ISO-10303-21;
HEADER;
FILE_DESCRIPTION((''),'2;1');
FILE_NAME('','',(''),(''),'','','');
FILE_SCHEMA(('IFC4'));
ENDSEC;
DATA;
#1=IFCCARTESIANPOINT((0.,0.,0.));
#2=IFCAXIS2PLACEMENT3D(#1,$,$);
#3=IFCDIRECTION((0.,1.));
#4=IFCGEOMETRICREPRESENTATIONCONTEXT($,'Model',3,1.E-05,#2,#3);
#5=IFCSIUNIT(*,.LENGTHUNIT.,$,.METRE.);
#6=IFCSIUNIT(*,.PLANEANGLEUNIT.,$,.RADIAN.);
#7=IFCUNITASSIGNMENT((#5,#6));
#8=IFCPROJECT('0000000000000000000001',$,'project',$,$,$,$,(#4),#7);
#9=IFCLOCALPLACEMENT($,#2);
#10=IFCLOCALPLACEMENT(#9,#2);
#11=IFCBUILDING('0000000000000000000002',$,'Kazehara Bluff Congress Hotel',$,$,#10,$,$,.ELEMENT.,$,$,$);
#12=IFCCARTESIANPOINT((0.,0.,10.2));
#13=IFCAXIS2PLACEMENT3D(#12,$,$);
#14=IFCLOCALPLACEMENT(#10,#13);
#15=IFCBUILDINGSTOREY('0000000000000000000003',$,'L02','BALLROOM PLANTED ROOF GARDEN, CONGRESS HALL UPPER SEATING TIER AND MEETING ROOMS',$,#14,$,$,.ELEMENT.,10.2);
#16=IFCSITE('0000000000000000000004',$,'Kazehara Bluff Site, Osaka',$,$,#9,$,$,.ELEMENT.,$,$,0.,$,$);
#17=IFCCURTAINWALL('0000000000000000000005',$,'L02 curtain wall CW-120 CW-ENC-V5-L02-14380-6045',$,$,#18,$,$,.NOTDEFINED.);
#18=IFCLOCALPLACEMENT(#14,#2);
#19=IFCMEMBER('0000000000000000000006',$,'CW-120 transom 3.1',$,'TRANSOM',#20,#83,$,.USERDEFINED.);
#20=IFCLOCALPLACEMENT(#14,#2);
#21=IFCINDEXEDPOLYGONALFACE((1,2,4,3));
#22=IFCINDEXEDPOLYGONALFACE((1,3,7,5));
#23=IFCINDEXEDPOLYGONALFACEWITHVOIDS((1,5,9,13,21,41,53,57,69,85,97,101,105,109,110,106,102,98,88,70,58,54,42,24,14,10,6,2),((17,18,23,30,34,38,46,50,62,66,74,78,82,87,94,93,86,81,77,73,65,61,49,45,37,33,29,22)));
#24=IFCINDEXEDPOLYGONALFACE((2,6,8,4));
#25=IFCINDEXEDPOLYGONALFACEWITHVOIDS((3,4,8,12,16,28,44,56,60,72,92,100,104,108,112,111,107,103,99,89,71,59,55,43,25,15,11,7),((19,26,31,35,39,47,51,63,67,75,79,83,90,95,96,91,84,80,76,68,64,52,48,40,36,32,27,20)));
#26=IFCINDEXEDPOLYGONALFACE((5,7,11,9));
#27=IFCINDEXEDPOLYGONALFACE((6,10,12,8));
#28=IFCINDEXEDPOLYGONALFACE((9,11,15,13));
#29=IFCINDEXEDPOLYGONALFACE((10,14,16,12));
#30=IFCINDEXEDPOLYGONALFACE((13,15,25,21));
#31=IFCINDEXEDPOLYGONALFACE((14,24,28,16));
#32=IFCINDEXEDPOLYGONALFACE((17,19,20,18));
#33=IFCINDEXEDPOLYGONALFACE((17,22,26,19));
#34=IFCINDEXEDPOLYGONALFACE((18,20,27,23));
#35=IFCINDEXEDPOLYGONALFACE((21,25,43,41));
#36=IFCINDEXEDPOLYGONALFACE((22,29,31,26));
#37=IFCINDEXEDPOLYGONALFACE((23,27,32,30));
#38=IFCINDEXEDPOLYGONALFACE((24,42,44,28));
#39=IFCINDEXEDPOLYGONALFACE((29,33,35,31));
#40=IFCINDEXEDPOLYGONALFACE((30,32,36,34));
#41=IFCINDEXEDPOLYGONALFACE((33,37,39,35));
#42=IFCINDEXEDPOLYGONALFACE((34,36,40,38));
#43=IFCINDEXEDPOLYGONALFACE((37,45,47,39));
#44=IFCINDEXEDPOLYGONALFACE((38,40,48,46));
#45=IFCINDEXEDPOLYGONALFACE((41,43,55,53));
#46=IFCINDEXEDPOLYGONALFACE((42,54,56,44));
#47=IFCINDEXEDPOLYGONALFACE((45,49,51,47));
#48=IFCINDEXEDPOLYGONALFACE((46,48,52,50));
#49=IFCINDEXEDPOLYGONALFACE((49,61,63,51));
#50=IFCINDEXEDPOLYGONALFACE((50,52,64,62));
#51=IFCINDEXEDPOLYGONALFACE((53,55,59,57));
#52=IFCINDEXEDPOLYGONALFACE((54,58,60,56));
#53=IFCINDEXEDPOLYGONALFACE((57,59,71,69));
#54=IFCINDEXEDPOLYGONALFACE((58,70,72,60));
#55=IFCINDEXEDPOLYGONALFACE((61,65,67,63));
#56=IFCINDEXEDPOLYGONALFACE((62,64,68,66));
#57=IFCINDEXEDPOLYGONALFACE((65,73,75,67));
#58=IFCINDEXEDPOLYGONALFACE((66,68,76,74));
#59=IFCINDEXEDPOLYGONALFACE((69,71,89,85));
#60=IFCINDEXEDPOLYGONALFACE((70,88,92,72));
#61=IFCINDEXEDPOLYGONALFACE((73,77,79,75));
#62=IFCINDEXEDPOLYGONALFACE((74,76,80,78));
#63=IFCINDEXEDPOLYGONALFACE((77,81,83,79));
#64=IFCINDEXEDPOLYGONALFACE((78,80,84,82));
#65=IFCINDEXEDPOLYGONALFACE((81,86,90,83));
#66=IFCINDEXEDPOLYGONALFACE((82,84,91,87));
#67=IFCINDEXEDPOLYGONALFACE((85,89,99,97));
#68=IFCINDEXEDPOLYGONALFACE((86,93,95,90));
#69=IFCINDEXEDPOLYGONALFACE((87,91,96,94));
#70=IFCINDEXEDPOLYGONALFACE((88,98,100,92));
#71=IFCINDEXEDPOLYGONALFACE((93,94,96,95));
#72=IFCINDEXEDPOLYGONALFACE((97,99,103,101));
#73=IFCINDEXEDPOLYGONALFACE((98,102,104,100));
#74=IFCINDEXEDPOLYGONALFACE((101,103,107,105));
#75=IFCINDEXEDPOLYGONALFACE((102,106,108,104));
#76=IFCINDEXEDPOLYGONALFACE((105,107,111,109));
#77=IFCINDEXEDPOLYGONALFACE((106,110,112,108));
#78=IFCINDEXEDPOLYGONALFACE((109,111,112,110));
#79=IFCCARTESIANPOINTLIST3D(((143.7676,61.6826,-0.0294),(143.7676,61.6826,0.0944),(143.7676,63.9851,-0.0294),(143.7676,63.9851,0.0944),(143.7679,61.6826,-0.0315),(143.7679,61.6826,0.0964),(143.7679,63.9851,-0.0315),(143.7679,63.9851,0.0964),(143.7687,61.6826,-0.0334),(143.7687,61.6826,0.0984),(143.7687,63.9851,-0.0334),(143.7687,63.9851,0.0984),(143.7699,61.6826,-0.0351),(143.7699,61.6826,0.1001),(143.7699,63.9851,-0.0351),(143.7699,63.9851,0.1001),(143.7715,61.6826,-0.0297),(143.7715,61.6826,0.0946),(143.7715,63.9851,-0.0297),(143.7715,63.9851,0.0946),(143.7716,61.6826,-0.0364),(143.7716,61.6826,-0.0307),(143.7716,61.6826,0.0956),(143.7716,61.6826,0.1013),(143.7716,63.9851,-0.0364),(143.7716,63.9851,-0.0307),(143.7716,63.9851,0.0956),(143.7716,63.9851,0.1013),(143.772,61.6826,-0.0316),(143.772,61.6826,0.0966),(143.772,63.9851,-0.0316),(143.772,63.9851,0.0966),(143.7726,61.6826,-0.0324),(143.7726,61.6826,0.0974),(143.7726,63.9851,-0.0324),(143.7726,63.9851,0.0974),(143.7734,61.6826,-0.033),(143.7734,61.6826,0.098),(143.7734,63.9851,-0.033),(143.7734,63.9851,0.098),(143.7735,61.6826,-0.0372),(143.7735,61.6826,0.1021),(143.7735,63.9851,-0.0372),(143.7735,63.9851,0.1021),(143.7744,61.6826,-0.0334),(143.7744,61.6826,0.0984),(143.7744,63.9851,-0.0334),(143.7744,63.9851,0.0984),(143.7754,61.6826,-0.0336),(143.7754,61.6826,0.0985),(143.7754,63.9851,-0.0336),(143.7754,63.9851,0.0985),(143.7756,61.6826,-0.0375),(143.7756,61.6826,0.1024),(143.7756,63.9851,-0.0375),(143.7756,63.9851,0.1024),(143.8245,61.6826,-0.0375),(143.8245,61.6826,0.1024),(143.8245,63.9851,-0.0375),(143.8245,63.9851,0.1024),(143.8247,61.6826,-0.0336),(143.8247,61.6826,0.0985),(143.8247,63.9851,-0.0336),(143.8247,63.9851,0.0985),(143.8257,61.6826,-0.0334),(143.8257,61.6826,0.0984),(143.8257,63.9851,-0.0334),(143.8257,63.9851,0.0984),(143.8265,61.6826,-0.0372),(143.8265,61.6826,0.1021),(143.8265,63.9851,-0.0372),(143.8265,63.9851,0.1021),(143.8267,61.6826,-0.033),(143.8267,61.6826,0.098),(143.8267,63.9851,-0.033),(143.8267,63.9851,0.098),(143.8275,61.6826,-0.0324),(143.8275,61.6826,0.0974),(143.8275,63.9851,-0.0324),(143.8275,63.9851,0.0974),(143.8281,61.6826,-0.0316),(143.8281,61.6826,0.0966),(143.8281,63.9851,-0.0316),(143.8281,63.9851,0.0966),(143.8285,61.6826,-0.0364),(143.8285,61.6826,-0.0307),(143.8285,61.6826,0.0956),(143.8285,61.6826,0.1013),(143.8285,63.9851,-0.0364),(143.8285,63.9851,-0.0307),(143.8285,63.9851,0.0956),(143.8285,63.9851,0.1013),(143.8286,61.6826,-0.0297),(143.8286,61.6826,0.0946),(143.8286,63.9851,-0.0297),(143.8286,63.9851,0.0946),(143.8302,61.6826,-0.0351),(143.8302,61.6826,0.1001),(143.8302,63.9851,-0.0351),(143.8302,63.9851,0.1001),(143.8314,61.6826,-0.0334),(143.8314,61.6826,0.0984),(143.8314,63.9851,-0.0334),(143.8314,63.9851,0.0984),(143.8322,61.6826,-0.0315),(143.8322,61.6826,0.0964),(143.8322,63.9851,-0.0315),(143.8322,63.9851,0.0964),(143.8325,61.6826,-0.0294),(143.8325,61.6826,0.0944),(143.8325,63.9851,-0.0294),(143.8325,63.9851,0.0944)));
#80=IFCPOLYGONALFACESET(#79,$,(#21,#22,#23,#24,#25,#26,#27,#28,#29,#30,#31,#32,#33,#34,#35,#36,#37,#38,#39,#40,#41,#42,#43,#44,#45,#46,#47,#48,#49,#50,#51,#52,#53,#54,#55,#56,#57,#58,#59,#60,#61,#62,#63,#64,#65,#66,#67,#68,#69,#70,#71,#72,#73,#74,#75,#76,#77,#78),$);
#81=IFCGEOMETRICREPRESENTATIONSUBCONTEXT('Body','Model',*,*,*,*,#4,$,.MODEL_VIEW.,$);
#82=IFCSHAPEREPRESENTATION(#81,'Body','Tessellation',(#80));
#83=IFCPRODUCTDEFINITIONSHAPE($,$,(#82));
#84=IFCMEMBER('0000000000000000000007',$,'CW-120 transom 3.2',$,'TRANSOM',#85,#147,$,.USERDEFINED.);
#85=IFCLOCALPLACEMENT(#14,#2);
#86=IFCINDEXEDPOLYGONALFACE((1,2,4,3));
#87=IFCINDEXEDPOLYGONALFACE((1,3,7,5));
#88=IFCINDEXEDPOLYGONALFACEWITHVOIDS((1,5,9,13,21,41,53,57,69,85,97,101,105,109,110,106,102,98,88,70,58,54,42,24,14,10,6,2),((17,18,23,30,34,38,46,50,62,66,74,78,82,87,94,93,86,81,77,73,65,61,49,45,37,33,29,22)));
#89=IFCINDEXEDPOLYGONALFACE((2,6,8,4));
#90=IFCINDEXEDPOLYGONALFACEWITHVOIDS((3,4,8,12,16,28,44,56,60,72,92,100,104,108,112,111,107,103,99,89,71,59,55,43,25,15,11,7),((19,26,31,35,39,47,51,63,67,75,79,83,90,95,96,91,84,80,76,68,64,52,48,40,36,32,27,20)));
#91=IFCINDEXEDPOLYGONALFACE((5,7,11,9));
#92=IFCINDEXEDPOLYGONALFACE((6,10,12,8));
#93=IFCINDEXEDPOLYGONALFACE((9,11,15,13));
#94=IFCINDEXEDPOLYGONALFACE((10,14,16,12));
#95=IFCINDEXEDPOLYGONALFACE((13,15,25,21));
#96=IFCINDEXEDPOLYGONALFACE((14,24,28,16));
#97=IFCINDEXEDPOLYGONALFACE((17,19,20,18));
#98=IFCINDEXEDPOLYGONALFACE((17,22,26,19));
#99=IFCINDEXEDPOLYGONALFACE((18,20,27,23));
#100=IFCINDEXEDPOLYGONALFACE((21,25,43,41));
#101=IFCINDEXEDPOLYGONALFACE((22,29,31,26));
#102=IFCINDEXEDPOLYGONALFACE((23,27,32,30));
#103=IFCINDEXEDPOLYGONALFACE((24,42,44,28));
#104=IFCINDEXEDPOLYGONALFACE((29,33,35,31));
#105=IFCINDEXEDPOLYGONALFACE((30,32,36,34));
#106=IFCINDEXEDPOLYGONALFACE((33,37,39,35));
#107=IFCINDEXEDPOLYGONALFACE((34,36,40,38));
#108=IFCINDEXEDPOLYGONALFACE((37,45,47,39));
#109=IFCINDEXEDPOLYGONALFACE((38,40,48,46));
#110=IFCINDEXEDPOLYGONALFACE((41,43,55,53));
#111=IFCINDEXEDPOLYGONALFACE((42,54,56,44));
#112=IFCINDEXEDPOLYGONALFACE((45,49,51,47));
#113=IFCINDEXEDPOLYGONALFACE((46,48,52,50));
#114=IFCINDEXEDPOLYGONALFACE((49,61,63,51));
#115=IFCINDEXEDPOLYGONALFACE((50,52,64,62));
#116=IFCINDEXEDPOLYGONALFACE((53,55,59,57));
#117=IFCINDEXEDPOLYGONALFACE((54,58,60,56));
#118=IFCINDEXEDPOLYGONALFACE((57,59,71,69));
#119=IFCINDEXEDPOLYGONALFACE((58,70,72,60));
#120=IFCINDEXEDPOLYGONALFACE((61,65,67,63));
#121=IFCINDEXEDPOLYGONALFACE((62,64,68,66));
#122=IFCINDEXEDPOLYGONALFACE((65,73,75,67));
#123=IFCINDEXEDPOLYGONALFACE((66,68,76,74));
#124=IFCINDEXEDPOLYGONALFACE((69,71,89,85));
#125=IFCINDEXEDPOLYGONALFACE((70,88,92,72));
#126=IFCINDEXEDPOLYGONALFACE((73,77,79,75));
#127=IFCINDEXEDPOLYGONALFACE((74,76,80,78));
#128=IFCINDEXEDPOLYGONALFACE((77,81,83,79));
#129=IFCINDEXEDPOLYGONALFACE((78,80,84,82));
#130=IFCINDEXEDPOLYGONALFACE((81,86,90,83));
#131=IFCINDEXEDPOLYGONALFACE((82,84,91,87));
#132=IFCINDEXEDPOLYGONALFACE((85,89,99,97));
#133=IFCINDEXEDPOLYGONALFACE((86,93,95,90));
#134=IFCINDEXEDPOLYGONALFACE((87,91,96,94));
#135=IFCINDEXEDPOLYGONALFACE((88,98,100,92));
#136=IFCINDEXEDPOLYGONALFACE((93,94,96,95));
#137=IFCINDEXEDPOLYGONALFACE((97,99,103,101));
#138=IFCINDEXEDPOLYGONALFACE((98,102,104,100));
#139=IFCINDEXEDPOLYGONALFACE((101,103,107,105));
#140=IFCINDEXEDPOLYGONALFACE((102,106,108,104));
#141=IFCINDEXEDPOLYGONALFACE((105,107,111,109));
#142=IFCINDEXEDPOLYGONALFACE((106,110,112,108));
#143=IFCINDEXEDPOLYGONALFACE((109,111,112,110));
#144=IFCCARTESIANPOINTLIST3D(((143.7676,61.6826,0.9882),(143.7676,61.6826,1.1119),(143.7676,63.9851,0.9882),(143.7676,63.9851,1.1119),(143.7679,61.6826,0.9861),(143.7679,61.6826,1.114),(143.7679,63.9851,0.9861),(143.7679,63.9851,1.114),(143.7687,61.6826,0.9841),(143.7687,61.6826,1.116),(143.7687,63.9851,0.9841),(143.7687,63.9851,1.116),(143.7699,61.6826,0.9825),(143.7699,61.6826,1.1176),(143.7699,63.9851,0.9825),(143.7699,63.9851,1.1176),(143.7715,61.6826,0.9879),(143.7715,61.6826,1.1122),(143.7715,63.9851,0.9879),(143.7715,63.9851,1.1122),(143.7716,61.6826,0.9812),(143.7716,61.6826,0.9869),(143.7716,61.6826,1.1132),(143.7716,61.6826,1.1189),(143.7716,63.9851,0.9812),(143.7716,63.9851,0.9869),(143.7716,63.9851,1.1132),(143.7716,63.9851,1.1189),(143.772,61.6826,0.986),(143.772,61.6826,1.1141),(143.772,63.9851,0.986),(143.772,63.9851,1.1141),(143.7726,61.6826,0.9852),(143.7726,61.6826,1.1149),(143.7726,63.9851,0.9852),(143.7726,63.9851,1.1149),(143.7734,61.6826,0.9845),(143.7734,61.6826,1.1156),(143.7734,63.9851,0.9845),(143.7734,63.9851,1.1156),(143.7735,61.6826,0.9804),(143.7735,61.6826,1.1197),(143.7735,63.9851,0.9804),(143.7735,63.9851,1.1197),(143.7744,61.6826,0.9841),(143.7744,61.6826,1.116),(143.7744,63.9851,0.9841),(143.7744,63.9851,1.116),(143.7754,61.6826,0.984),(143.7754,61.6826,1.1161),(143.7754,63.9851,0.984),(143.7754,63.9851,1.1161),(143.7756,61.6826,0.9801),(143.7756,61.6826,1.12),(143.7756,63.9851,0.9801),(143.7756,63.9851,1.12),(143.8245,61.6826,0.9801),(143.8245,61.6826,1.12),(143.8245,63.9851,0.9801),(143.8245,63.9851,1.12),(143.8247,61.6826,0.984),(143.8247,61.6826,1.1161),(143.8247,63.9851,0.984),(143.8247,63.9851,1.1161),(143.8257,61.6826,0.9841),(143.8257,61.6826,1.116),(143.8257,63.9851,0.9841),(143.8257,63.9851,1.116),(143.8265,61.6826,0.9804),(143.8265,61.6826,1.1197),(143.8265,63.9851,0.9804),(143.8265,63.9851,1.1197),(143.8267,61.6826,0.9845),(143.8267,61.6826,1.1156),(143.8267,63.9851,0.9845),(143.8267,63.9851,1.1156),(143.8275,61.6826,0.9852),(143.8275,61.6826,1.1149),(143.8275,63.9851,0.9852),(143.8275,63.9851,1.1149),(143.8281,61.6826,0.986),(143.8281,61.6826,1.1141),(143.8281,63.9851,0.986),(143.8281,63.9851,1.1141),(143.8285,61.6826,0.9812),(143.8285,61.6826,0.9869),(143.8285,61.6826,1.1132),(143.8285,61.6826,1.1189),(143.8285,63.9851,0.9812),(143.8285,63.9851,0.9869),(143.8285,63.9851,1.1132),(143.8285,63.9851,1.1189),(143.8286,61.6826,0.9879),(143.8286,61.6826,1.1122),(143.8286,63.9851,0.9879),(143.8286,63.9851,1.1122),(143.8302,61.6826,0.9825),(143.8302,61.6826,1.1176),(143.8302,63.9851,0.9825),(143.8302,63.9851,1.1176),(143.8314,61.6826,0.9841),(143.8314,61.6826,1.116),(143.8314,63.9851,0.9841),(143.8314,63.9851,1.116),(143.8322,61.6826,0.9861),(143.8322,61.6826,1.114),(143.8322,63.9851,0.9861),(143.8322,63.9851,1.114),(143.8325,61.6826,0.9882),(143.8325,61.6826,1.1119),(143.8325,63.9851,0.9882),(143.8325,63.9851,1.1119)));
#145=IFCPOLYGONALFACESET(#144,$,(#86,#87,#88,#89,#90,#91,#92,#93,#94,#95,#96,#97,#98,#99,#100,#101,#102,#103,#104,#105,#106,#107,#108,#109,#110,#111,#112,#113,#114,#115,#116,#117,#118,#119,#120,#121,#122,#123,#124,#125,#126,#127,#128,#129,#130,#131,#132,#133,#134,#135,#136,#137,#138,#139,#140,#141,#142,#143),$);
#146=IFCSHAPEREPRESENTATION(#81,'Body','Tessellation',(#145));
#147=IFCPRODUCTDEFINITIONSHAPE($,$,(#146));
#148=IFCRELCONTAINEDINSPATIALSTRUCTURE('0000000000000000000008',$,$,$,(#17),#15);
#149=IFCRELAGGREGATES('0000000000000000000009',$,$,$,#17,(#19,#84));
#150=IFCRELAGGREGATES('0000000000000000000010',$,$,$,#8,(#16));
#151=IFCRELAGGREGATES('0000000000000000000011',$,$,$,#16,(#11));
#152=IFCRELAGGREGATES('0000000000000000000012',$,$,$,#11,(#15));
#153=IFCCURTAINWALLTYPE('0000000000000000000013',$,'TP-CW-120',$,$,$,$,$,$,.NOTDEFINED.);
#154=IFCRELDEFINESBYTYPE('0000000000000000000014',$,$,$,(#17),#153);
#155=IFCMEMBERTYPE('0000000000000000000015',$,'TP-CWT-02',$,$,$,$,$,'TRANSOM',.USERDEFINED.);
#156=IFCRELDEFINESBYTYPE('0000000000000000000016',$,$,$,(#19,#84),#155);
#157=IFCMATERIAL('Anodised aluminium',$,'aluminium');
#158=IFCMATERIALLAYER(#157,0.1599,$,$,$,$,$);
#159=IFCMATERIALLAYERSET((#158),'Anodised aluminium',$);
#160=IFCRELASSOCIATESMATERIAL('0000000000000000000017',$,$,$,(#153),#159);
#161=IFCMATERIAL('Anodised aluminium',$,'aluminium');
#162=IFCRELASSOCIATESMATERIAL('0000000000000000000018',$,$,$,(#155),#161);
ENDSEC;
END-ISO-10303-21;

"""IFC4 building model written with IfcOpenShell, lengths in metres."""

from ifc_helpers import new_model, si_unit, direction, frame, origin, origin_2d, place, context, subcontext, project, spatial, hollow_rectangle, extrude, material, layer, layer_set, material_profile, profile_set, type_object, element, aggregate, save


model = new_model("IFC4")

# Units and contexts
model_context = context("Model", 3, precision=1e-05, world=origin(), true_north=direction((0.0, 1.0)))
body_context = subcontext(model_context, "Body", "Model", "MODEL_VIEW")
ifc_project = project(units=[si_unit("LENGTHUNIT", "METRE"), si_unit("PLANEANGLEUNIT", "RADIAN")], contexts=[model_context])

# Site, building, storey
site_placement = place(None, origin())
site = spatial("IfcSite", under=ifc_project, at=site_placement, Name="Kazehara Bluff Site, Osaka", CompositionType="ELEMENT", RefElevation=0.0)
building_placement = place(site_placement, origin())
building = spatial("IfcBuilding", under=site, at=building_placement, Name="Kazehara Bluff Congress Hotel", CompositionType="ELEMENT")
storey_placement = place(building_placement, frame((0.0, 0.0, 10.2)))
storey = spatial("IfcBuildingStorey", under=building, at=storey_placement, Name="L02", Description="BALLROOM PLANTED ROOF GARDEN, CONGRESS HALL UPPER SEATING TIER AND MEETING ROOMS", CompositionType="ELEMENT", Elevation=10.2)

# Curtain wall, members
ifc_material_1 = material(Name="Anodised aluminium", Category="aluminium")
ifc_layer_1 = layer(ifc_material_1, 0.1599)
ifc_layer_set_1 = layer_set([ifc_layer_1], Name="Anodised aluminium")
curtain_wall_type_1 = type_object("IfcCurtainWallType", Name="TP-CW-120", PredefinedType="NOTDEFINED", material=ifc_layer_set_1)
curtain_wall_1_placement = place(storey_placement, origin())
curtain_wall_1 = element("IfcCurtainWall", 1, at=curtain_wall_1_placement, inside=storey, type_object=curtain_wall_type_1, Name="L02 curtain wall CW-120 CW-ENC-V5-L02-14380-6045", PredefinedType="NOTDEFINED")
ifc_material_2 = material(Name="Anodised aluminium", Category="aluminium")
ifc_material_profile_1 = material_profile(ifc_material_2, hollow_rectangle(XDim=0.0649, YDim=0.1399, WallThickness=0.0039, InnerFilletRadius=0.0039, OuterFilletRadius=0.0081, at=origin_2d()))
ifc_profile_set_1 = profile_set([ifc_material_profile_1], Name="Anodised aluminium")
member_type_1 = type_object("IfcMemberType", Name="TP-CWT-02", ElementType="TRANSOM", PredefinedType="USERDEFINED", material=ifc_profile_set_1)
member_1_placement = place(storey_placement, frame((143.8, 61.6826, 0.0325), z_axis=(0.0, 1.0, 0.0), x_axis=(-1.0, 0.0, 0.0)))
member_1 = element("IfcMember", 2, at=member_1_placement, type_object=member_type_1, Name="CW-120 transom 3.1", ObjectType="TRANSOM", PredefinedType="USERDEFINED", context=body_context, shape_type="SweptSolid", body=[
    extrude(hollow_rectangle(XDim=0.0649, YDim=0.1399, WallThickness=0.0039, InnerFilletRadius=0.0039, OuterFilletRadius=0.0081, at=origin_2d()), origin(), (0.0, 0.0, 1.0), 2.3025),
])
member_2_placement = place(storey_placement, frame((143.8, 61.6826, 1.05), z_axis=(0.0, 1.0, 0.0), x_axis=(-1.0, 0.0, 0.0)))
member_2 = element("IfcMember", 3, at=member_2_placement, type_object=member_type_1, Name="CW-120 transom 3.2", ObjectType="TRANSOM", PredefinedType="USERDEFINED", context=body_context, shape_type="SweptSolid", body=[
    extrude(hollow_rectangle(XDim=0.0649, YDim=0.1399, WallThickness=0.0039, InnerFilletRadius=0.0039, OuterFilletRadius=0.0081, at=origin_2d()), origin(), (0.0, 0.0, 1.0), 2.3025),
])
aggregate(curtain_wall_1, [member_1, member_2])

save(model, "model.ifc")
